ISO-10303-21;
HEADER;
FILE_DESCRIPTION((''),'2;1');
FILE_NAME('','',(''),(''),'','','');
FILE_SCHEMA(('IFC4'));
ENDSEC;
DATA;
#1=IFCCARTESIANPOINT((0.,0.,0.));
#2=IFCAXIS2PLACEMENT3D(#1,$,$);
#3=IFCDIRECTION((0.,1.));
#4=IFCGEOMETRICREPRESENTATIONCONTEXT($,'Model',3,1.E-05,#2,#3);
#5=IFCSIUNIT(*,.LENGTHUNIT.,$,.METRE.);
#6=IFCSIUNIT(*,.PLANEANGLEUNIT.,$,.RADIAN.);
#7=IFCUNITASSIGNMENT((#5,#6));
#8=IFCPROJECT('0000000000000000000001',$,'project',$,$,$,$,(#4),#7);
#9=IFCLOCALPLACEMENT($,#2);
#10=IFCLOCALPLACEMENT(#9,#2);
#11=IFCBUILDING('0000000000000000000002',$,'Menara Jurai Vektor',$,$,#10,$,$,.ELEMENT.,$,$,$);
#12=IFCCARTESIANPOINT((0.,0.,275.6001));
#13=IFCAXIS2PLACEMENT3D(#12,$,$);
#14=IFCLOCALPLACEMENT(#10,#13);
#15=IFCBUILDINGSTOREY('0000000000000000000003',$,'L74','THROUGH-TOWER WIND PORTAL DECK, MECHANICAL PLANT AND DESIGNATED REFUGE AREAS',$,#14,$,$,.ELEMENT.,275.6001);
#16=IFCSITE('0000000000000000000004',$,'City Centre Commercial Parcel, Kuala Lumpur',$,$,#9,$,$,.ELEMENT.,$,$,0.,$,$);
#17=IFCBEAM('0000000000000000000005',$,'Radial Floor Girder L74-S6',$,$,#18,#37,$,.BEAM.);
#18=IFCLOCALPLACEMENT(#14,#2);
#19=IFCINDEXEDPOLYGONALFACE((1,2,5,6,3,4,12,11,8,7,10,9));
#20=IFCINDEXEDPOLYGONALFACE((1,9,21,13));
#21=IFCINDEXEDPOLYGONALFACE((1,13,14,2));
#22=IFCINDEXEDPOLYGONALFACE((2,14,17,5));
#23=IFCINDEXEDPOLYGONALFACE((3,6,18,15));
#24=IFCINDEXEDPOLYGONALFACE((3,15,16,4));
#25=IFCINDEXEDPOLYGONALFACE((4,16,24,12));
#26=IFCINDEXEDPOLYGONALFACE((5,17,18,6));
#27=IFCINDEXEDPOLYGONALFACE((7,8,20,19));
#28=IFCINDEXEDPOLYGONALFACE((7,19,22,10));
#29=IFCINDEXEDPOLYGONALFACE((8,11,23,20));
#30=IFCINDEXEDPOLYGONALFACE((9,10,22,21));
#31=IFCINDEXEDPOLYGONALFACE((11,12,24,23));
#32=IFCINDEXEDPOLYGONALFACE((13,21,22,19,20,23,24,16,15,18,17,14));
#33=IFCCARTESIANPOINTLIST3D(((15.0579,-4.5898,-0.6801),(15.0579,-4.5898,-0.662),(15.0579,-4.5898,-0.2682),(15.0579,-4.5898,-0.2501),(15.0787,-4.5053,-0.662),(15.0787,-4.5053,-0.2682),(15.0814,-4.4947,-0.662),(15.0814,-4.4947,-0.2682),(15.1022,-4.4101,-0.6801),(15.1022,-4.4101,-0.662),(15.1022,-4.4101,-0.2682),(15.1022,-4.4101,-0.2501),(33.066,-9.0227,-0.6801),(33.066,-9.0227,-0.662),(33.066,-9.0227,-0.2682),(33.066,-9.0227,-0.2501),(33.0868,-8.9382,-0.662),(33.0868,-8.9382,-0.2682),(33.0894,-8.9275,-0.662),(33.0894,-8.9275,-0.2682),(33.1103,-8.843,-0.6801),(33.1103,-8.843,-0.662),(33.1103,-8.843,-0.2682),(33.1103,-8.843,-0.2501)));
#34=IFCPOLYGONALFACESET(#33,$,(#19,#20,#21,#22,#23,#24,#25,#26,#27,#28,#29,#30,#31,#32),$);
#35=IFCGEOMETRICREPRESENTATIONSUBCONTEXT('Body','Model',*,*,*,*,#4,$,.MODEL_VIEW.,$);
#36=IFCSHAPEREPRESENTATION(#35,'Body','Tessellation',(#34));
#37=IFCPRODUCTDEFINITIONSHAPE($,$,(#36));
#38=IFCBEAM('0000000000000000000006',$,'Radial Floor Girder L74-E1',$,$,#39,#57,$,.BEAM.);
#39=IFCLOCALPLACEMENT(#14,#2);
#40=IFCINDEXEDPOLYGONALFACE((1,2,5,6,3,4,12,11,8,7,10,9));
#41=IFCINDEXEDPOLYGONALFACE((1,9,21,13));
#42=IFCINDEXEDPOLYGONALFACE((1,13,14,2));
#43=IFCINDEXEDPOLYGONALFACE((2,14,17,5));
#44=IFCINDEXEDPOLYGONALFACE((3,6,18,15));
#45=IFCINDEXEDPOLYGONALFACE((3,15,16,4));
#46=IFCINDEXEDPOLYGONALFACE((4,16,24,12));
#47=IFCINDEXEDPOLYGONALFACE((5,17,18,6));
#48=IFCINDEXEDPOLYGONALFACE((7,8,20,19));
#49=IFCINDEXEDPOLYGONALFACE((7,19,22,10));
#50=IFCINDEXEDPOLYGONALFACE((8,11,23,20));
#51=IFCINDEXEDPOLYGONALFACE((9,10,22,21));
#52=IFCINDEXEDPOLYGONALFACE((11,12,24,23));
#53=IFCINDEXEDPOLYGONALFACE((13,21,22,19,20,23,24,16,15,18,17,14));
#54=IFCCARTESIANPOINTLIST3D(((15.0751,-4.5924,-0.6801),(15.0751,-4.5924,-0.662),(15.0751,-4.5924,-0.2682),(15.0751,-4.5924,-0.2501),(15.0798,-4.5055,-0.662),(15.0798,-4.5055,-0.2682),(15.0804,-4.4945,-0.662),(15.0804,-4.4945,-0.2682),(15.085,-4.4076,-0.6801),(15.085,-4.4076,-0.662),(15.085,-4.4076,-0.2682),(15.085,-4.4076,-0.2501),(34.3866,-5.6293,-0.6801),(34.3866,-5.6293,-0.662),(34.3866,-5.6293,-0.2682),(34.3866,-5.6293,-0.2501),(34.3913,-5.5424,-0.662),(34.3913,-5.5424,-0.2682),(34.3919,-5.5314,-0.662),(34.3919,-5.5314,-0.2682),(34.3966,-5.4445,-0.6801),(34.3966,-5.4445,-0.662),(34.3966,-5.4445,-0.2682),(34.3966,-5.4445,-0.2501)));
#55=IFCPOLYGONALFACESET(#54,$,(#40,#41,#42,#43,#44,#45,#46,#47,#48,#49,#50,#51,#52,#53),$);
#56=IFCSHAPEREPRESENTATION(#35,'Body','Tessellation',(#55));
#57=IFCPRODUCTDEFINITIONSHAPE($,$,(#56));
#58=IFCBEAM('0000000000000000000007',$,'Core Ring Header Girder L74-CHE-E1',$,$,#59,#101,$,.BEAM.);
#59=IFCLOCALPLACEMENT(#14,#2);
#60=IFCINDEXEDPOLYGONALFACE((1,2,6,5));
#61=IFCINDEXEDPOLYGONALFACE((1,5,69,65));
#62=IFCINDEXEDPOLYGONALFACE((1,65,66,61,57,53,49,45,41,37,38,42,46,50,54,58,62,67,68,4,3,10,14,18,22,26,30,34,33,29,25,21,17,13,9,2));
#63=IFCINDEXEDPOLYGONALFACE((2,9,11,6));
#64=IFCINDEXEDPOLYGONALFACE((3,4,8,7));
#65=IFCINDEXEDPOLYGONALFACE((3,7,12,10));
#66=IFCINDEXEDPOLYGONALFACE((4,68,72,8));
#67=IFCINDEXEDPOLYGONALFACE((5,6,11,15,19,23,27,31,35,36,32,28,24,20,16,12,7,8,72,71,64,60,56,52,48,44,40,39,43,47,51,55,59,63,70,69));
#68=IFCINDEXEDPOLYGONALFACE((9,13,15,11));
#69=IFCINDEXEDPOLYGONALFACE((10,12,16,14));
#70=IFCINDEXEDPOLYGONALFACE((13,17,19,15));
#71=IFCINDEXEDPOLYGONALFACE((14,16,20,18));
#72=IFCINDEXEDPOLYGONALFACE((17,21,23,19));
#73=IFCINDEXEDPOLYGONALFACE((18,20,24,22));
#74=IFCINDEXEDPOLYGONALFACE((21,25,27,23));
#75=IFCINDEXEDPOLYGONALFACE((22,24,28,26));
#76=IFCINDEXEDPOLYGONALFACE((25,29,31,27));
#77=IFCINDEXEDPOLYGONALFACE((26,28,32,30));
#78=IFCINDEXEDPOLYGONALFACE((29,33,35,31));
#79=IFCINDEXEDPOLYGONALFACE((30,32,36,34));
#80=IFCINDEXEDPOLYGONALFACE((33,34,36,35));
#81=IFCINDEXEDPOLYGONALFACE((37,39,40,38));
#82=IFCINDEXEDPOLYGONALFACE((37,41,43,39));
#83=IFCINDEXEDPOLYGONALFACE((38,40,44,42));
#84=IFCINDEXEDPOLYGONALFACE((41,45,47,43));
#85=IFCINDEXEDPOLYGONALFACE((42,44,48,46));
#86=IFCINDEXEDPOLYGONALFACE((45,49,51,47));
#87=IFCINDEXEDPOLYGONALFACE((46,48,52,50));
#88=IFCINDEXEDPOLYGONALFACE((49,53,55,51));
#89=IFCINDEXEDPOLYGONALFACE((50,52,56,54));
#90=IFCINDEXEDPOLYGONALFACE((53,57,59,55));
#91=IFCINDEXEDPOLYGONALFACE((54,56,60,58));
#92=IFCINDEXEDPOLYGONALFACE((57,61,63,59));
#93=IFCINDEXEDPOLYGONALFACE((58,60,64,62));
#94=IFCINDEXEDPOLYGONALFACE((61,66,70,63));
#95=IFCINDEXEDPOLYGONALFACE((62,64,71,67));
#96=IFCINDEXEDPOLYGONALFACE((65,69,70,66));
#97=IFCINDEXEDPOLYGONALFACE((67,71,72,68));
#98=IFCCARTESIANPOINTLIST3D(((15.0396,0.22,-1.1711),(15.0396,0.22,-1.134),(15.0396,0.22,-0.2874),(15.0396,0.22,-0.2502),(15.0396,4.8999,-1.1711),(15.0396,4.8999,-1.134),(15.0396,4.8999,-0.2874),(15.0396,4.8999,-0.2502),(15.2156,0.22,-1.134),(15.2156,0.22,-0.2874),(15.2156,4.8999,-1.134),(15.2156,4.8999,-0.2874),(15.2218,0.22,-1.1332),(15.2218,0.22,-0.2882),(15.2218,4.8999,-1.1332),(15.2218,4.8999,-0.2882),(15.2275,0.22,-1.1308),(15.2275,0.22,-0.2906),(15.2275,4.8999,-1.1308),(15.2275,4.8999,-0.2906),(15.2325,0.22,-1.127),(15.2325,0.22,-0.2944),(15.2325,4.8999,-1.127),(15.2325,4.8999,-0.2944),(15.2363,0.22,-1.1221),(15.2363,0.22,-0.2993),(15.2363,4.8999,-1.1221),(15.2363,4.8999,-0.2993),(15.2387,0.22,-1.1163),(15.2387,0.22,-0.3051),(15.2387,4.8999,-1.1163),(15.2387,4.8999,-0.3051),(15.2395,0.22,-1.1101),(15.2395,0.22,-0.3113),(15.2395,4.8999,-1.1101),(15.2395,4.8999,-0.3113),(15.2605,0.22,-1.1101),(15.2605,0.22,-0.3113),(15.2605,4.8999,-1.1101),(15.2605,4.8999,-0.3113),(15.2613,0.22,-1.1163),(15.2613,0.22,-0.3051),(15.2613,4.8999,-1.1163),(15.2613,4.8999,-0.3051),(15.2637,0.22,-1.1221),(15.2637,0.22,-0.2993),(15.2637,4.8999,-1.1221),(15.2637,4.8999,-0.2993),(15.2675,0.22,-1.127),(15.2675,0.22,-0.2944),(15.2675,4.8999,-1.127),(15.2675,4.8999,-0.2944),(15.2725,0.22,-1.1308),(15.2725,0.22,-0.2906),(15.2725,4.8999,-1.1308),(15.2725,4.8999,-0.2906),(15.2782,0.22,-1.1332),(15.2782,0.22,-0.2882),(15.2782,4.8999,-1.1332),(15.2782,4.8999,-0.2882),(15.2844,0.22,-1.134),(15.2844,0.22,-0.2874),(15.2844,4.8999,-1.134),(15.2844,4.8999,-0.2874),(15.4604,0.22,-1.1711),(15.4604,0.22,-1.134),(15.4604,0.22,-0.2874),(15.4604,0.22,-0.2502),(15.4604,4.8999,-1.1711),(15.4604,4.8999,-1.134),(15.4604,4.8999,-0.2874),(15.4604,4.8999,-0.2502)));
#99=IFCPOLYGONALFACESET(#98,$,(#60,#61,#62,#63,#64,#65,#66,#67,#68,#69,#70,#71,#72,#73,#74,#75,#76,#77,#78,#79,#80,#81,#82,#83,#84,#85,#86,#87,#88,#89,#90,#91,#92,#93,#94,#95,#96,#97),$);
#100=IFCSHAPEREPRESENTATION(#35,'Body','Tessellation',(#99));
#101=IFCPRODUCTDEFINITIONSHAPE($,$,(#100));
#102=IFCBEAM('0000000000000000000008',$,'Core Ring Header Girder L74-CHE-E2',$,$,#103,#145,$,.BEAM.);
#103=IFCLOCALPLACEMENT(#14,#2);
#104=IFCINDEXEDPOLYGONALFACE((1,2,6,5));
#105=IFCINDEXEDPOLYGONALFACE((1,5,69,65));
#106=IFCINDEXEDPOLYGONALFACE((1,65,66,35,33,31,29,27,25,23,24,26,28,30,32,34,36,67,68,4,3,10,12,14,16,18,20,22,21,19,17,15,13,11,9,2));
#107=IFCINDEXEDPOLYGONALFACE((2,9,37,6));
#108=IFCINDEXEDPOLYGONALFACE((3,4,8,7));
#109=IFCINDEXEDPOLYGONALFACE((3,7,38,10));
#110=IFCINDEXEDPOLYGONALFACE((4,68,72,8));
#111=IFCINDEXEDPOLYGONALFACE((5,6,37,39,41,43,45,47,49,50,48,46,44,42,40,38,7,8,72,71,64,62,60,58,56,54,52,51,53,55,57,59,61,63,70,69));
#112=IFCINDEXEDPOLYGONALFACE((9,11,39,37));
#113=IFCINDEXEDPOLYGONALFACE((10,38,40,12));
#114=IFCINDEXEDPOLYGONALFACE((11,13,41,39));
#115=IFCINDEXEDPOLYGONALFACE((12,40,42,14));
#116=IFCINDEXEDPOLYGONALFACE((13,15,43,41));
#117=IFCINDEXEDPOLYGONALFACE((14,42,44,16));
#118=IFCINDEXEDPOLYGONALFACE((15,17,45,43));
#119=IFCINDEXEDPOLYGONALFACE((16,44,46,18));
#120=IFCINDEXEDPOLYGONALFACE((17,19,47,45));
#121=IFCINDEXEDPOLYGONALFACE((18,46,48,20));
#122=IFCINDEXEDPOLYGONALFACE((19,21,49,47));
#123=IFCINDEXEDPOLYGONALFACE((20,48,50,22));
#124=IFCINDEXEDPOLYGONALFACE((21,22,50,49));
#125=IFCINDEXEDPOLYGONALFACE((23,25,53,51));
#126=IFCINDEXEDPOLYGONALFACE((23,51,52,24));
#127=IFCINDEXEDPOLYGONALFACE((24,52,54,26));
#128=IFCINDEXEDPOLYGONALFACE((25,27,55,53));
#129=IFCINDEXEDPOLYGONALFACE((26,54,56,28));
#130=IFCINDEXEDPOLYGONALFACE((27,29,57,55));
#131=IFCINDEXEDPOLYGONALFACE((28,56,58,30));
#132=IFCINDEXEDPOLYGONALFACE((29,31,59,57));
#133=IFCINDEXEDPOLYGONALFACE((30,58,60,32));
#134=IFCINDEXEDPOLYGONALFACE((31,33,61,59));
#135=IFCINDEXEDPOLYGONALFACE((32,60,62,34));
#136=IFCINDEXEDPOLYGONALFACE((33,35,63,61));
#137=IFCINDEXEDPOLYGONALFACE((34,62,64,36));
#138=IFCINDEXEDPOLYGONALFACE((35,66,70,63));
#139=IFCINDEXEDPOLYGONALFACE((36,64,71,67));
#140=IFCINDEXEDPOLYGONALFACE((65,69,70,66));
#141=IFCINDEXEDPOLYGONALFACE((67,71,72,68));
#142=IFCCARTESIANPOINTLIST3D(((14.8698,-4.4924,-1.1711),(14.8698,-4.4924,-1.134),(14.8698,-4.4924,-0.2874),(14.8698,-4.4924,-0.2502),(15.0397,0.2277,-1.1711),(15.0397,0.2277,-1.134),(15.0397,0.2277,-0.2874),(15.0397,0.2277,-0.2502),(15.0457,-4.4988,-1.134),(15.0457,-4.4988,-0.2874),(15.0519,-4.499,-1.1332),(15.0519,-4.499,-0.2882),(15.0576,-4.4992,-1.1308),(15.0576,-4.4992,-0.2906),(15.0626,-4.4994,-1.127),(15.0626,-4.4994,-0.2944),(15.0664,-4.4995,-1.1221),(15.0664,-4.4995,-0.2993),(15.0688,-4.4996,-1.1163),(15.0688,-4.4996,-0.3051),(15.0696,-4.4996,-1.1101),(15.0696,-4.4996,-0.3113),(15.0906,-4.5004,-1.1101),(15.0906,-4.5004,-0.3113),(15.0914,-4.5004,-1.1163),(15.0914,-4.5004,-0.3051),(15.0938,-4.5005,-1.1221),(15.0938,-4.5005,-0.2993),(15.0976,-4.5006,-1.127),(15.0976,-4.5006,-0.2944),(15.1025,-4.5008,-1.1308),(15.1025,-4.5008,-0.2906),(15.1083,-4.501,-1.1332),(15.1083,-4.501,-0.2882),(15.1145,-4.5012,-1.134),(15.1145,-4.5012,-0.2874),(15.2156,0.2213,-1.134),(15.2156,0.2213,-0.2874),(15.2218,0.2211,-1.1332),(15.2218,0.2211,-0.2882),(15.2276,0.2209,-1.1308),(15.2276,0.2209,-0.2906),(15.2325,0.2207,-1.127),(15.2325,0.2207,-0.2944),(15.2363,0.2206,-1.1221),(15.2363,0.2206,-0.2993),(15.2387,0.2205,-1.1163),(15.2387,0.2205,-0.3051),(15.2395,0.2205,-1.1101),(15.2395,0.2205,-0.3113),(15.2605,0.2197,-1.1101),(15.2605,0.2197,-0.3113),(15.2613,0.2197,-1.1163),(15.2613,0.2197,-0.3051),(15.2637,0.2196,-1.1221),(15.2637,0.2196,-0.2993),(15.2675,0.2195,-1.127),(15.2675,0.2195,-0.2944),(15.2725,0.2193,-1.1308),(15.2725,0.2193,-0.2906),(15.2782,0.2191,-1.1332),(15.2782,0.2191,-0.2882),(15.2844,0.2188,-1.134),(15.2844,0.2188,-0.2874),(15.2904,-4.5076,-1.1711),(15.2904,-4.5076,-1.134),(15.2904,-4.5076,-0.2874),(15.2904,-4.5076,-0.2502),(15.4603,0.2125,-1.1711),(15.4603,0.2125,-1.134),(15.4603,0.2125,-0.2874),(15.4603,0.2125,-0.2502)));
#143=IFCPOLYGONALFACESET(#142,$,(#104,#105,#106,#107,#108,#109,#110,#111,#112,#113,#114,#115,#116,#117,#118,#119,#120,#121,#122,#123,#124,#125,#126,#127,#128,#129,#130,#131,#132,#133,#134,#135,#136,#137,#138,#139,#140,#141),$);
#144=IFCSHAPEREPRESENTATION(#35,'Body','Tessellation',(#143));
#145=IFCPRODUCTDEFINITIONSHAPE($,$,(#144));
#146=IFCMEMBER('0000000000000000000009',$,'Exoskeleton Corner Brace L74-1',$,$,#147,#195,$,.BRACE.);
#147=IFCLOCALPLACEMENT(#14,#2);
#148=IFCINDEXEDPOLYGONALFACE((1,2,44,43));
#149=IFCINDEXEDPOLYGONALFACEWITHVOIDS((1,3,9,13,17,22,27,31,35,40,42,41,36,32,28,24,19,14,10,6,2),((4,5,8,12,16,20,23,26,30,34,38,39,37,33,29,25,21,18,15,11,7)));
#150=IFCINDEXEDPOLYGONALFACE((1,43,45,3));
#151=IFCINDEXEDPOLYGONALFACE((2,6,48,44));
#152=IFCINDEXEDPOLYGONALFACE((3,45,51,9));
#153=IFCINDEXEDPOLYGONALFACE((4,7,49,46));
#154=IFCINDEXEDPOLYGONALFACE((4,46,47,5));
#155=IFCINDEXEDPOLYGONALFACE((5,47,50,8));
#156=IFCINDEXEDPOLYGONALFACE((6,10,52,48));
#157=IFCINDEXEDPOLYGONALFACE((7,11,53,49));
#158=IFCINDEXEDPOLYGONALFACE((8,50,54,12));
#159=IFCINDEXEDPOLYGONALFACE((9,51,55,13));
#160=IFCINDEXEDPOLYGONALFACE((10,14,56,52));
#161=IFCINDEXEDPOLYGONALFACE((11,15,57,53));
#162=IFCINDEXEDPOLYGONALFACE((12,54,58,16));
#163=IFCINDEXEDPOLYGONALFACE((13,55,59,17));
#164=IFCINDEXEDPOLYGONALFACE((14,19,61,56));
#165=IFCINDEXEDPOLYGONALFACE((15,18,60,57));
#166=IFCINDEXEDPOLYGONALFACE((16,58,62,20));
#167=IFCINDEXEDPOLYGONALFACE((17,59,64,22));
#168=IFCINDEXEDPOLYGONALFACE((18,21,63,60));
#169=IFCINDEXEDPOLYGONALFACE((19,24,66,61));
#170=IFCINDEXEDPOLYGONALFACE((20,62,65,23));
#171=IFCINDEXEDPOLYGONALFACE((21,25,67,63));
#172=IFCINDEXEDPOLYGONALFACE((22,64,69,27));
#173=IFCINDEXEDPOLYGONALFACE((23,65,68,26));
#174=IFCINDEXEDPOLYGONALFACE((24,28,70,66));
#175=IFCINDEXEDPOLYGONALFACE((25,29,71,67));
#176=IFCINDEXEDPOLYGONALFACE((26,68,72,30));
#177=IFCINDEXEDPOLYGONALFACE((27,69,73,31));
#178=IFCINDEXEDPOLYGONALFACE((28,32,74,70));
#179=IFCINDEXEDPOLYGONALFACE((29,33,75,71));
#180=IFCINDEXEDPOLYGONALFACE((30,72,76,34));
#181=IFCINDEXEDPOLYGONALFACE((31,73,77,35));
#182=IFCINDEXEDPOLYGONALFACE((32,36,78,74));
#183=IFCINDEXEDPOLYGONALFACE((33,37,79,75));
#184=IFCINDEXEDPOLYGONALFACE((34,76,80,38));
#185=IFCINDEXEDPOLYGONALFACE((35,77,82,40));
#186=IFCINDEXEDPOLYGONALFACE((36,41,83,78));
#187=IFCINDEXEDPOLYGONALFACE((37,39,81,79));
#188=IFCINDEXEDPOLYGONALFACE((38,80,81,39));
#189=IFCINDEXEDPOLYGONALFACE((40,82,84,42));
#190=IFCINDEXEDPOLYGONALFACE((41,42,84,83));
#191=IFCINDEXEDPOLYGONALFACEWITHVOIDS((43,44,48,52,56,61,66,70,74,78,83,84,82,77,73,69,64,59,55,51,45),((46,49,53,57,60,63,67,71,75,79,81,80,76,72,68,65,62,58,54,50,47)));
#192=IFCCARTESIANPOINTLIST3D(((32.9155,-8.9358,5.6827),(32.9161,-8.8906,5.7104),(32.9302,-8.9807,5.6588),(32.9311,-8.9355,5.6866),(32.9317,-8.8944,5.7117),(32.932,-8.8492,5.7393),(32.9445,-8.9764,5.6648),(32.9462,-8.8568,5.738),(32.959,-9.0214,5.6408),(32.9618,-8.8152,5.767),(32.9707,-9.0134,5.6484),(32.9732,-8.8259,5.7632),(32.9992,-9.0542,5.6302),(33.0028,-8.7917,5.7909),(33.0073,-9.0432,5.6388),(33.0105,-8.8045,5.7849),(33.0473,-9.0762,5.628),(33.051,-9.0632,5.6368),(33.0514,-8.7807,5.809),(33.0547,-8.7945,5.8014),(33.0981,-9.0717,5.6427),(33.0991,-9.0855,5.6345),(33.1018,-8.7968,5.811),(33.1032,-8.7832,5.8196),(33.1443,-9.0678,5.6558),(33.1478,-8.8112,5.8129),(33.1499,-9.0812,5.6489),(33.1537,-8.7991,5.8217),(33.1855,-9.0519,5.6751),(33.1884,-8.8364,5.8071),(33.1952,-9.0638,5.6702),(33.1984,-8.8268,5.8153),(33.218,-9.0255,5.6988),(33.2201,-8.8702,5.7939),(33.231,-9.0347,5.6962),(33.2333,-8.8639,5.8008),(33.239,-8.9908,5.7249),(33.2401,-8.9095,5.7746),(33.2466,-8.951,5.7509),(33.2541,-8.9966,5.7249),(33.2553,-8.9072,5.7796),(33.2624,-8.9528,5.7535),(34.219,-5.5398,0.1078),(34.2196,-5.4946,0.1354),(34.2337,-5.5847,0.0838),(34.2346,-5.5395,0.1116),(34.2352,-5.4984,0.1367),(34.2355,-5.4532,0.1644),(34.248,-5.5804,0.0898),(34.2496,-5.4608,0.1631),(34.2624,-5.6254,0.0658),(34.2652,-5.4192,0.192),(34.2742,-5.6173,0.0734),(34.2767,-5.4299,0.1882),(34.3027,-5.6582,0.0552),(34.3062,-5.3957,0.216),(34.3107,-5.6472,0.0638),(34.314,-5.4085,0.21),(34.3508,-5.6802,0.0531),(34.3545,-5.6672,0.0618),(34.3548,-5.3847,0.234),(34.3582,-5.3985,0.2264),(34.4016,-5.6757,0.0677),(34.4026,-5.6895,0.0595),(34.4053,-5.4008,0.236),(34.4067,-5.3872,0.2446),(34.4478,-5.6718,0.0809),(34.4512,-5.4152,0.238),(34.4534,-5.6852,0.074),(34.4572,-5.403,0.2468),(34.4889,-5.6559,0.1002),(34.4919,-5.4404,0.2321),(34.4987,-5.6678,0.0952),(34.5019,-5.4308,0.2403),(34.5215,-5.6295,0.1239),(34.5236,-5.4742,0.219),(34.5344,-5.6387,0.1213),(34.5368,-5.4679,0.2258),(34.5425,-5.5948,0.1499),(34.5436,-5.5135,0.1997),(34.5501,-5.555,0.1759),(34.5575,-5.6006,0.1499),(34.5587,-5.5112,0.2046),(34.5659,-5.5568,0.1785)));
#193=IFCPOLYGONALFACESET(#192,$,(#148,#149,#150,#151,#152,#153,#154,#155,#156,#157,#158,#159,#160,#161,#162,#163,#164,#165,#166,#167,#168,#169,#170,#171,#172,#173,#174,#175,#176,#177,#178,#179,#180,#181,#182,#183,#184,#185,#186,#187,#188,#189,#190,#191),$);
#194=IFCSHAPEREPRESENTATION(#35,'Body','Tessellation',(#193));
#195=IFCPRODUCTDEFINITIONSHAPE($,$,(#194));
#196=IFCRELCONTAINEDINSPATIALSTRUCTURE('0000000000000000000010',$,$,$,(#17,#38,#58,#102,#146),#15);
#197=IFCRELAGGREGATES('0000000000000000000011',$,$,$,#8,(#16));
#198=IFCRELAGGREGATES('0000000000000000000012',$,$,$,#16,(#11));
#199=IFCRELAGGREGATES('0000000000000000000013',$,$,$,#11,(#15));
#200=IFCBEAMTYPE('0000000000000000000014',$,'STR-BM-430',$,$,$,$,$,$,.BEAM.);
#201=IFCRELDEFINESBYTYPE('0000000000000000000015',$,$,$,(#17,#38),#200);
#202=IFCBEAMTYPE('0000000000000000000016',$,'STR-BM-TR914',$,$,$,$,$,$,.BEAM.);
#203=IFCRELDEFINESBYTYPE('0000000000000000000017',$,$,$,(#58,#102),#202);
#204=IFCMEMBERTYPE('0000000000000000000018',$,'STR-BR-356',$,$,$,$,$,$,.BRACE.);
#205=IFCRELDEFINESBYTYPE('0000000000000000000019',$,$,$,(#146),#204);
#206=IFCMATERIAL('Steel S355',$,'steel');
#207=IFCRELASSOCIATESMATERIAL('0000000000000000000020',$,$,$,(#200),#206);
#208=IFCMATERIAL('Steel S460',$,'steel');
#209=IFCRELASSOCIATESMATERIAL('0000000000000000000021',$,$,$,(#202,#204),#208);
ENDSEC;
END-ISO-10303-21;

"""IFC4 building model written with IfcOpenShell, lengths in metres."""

from ifc_helpers import new_model, si_unit, direction, frame, origin, origin_2d, place, context, subcontext, project, spatial, hollow_circle, i_section, extrude, material, material_profile, profile_set, type_object, element, save


model = new_model("IFC4")

# Units and contexts
model_context = context("Model", 3, precision=1e-05, world=origin(), true_north=direction((0.0, 1.0)))
body_context = subcontext(model_context, "Body", "Model", "MODEL_VIEW")
ifc_project = project(units=[si_unit("LENGTHUNIT", "METRE"), si_unit("PLANEANGLEUNIT", "RADIAN")], contexts=[model_context])

# Site, building, storey
site_placement = place(None, origin())
site = spatial("IfcSite", under=ifc_project, at=site_placement, Name="City Centre Commercial Parcel, Kuala Lumpur", CompositionType="ELEMENT", RefElevation=0.0)
building_placement = place(site_placement, origin())
building = spatial("IfcBuilding", under=site, at=building_placement, Name="Menara Jurai Vektor", CompositionType="ELEMENT")
storey_placement = place(building_placement, frame((0.0, 0.0, 275.6001)))
storey = spatial("IfcBuildingStorey", under=building, at=storey_placement, Name="L74", Description="THROUGH-TOWER WIND PORTAL DECK, MECHANICAL PLANT AND DESIGNATED REFUGE AREAS", CompositionType="ELEMENT", Elevation=275.6001)

# Shared definitions
ifc_material_1 = material(Name="Steel S460", Category="steel")

# Beams
ifc_material_2 = material(Name="Steel S355", Category="steel")
ifc_material_profile_1 = material_profile(ifc_material_2, i_section(OverallWidth=0.1851, OverallDepth=0.4299, WebThickness=0.011, FlangeThickness=0.0181, at=origin_2d()), Name="PG 430x185x76")
ifc_profile_set_1 = profile_set([ifc_material_profile_1], Name="Steel S355")
beam_type_1 = type_object("IfcBeamType", Name="STR-BM-430", PredefinedType="BEAM", material=ifc_profile_set_1)
beam_1_placement = place(storey_placement, frame((33.0881, -8.9329, -0.4651), z_axis=(-0.971014, 0.239025, 0.0), x_axis=(-0.239025, -0.971014, 0.0)))
element("IfcBeam", 1, at=beam_1_placement, inside=storey, type_object=beam_type_1, Name="Radial Floor Girder L74-S6", PredefinedType="BEAM", context=body_context, shape_type="SweptSolid", body=[
    extrude(i_section(OverallWidth=0.1851, OverallDepth=0.4299, WebThickness=0.011, FlangeThickness=0.0181, at=origin_2d()), origin(), (0.0, 0.0, 1.0), 18.5457),
])
beam_2_placement = place(storey_placement, frame((34.3916, -5.5369, -0.4651), z_axis=(-0.998562, 0.053614, 0.0), x_axis=(-0.053614, -0.998562, 0.0)))
element("IfcBeam", 2, at=beam_2_placement, inside=storey, type_object=beam_type_1, Name="Radial Floor Girder L74-E1", PredefinedType="BEAM", context=body_context, shape_type="SweptSolid", body=[
    extrude(i_section(OverallWidth=0.1851, OverallDepth=0.4299, WebThickness=0.011, FlangeThickness=0.0181, at=origin_2d()), origin(), (0.0, 0.0, 1.0), 19.3394),
])
ifc_material_profile_2 = material_profile(ifc_material_1, i_section(OverallWidth=0.4209, OverallDepth=0.9209, WebThickness=0.021, FlangeThickness=0.0371, FilletRadius=0.0239, at=origin_2d()), Name="UKB 914x419x388")
ifc_profile_set_2 = profile_set([ifc_material_profile_2], Name="Steel S460")
beam_type_2 = type_object("IfcBeamType", Name="STR-BM-TR914", PredefinedType="BEAM", material=ifc_profile_set_2)
beam_3_placement = place(storey_placement, frame((15.25, 0.22, -0.7107), z_axis=(0.0, 1.0, 0.0), x_axis=(-1.0, 0.0, 0.0)))
element("IfcBeam", 3, at=beam_3_placement, inside=storey, type_object=beam_type_2, Name="Core Ring Header Girder L74-CHE-E1", PredefinedType="BEAM", context=body_context, shape_type="SweptSolid", body=[
    extrude(i_section(OverallWidth=0.4209, OverallDepth=0.9209, WebThickness=0.021, FlangeThickness=0.0371, FilletRadius=0.0239, at=origin_2d()), origin(), (0.0, 0.0, 1.0), 4.6799),
])
beam_4_placement = place(storey_placement, frame((15.0801, -4.5, -0.7107), z_axis=(0.035977, 0.999353, 0.0), x_axis=(-0.999353, 0.035977, 0.0)))
element("IfcBeam", 4, at=beam_4_placement, inside=storey, type_object=beam_type_2, Name="Core Ring Header Girder L74-CHE-E2", PredefinedType="BEAM", context=body_context, shape_type="SweptSolid", body=[
    extrude(i_section(OverallWidth=0.4209, OverallDepth=0.9209, WebThickness=0.021, FlangeThickness=0.0371, FilletRadius=0.0239, at=origin_2d()), origin(), (0.0, 0.0, 1.0), 4.7231),
])

# Member
ifc_material_profile_3 = material_profile(ifc_material_1, hollow_circle(Radius=0.1777, WallThickness=0.0161, at=origin_2d()), Name="CHS 355.6x16")
ifc_profile_set_3 = profile_set([ifc_material_profile_3], Name="Steel S460")
member_type_1 = type_object("IfcMemberType", Name="STR-BR-356", PredefinedType="BRACE", material=ifc_profile_set_3)
member_1_placement = place(storey_placement, frame((34.3916, -5.5369, 0.1499), z_axis=(-0.195812, -0.510161, 0.837492), x_axis=(0.933593, -0.358336, 0.0)))
element("IfcMember", 5, at=member_1_placement, inside=storey, type_object=member_type_1, Name="Exoskeleton Corner Brace L74-1", PredefinedType="BRACE", context=body_context, shape_type="SweptSolid", body=[
    extrude(hollow_circle(Radius=0.1777, WallThickness=0.0161, at=origin_2d()), origin(), (0.0, 0.0, 1.0), 6.6567),
])

save(model, "model.ifc")
